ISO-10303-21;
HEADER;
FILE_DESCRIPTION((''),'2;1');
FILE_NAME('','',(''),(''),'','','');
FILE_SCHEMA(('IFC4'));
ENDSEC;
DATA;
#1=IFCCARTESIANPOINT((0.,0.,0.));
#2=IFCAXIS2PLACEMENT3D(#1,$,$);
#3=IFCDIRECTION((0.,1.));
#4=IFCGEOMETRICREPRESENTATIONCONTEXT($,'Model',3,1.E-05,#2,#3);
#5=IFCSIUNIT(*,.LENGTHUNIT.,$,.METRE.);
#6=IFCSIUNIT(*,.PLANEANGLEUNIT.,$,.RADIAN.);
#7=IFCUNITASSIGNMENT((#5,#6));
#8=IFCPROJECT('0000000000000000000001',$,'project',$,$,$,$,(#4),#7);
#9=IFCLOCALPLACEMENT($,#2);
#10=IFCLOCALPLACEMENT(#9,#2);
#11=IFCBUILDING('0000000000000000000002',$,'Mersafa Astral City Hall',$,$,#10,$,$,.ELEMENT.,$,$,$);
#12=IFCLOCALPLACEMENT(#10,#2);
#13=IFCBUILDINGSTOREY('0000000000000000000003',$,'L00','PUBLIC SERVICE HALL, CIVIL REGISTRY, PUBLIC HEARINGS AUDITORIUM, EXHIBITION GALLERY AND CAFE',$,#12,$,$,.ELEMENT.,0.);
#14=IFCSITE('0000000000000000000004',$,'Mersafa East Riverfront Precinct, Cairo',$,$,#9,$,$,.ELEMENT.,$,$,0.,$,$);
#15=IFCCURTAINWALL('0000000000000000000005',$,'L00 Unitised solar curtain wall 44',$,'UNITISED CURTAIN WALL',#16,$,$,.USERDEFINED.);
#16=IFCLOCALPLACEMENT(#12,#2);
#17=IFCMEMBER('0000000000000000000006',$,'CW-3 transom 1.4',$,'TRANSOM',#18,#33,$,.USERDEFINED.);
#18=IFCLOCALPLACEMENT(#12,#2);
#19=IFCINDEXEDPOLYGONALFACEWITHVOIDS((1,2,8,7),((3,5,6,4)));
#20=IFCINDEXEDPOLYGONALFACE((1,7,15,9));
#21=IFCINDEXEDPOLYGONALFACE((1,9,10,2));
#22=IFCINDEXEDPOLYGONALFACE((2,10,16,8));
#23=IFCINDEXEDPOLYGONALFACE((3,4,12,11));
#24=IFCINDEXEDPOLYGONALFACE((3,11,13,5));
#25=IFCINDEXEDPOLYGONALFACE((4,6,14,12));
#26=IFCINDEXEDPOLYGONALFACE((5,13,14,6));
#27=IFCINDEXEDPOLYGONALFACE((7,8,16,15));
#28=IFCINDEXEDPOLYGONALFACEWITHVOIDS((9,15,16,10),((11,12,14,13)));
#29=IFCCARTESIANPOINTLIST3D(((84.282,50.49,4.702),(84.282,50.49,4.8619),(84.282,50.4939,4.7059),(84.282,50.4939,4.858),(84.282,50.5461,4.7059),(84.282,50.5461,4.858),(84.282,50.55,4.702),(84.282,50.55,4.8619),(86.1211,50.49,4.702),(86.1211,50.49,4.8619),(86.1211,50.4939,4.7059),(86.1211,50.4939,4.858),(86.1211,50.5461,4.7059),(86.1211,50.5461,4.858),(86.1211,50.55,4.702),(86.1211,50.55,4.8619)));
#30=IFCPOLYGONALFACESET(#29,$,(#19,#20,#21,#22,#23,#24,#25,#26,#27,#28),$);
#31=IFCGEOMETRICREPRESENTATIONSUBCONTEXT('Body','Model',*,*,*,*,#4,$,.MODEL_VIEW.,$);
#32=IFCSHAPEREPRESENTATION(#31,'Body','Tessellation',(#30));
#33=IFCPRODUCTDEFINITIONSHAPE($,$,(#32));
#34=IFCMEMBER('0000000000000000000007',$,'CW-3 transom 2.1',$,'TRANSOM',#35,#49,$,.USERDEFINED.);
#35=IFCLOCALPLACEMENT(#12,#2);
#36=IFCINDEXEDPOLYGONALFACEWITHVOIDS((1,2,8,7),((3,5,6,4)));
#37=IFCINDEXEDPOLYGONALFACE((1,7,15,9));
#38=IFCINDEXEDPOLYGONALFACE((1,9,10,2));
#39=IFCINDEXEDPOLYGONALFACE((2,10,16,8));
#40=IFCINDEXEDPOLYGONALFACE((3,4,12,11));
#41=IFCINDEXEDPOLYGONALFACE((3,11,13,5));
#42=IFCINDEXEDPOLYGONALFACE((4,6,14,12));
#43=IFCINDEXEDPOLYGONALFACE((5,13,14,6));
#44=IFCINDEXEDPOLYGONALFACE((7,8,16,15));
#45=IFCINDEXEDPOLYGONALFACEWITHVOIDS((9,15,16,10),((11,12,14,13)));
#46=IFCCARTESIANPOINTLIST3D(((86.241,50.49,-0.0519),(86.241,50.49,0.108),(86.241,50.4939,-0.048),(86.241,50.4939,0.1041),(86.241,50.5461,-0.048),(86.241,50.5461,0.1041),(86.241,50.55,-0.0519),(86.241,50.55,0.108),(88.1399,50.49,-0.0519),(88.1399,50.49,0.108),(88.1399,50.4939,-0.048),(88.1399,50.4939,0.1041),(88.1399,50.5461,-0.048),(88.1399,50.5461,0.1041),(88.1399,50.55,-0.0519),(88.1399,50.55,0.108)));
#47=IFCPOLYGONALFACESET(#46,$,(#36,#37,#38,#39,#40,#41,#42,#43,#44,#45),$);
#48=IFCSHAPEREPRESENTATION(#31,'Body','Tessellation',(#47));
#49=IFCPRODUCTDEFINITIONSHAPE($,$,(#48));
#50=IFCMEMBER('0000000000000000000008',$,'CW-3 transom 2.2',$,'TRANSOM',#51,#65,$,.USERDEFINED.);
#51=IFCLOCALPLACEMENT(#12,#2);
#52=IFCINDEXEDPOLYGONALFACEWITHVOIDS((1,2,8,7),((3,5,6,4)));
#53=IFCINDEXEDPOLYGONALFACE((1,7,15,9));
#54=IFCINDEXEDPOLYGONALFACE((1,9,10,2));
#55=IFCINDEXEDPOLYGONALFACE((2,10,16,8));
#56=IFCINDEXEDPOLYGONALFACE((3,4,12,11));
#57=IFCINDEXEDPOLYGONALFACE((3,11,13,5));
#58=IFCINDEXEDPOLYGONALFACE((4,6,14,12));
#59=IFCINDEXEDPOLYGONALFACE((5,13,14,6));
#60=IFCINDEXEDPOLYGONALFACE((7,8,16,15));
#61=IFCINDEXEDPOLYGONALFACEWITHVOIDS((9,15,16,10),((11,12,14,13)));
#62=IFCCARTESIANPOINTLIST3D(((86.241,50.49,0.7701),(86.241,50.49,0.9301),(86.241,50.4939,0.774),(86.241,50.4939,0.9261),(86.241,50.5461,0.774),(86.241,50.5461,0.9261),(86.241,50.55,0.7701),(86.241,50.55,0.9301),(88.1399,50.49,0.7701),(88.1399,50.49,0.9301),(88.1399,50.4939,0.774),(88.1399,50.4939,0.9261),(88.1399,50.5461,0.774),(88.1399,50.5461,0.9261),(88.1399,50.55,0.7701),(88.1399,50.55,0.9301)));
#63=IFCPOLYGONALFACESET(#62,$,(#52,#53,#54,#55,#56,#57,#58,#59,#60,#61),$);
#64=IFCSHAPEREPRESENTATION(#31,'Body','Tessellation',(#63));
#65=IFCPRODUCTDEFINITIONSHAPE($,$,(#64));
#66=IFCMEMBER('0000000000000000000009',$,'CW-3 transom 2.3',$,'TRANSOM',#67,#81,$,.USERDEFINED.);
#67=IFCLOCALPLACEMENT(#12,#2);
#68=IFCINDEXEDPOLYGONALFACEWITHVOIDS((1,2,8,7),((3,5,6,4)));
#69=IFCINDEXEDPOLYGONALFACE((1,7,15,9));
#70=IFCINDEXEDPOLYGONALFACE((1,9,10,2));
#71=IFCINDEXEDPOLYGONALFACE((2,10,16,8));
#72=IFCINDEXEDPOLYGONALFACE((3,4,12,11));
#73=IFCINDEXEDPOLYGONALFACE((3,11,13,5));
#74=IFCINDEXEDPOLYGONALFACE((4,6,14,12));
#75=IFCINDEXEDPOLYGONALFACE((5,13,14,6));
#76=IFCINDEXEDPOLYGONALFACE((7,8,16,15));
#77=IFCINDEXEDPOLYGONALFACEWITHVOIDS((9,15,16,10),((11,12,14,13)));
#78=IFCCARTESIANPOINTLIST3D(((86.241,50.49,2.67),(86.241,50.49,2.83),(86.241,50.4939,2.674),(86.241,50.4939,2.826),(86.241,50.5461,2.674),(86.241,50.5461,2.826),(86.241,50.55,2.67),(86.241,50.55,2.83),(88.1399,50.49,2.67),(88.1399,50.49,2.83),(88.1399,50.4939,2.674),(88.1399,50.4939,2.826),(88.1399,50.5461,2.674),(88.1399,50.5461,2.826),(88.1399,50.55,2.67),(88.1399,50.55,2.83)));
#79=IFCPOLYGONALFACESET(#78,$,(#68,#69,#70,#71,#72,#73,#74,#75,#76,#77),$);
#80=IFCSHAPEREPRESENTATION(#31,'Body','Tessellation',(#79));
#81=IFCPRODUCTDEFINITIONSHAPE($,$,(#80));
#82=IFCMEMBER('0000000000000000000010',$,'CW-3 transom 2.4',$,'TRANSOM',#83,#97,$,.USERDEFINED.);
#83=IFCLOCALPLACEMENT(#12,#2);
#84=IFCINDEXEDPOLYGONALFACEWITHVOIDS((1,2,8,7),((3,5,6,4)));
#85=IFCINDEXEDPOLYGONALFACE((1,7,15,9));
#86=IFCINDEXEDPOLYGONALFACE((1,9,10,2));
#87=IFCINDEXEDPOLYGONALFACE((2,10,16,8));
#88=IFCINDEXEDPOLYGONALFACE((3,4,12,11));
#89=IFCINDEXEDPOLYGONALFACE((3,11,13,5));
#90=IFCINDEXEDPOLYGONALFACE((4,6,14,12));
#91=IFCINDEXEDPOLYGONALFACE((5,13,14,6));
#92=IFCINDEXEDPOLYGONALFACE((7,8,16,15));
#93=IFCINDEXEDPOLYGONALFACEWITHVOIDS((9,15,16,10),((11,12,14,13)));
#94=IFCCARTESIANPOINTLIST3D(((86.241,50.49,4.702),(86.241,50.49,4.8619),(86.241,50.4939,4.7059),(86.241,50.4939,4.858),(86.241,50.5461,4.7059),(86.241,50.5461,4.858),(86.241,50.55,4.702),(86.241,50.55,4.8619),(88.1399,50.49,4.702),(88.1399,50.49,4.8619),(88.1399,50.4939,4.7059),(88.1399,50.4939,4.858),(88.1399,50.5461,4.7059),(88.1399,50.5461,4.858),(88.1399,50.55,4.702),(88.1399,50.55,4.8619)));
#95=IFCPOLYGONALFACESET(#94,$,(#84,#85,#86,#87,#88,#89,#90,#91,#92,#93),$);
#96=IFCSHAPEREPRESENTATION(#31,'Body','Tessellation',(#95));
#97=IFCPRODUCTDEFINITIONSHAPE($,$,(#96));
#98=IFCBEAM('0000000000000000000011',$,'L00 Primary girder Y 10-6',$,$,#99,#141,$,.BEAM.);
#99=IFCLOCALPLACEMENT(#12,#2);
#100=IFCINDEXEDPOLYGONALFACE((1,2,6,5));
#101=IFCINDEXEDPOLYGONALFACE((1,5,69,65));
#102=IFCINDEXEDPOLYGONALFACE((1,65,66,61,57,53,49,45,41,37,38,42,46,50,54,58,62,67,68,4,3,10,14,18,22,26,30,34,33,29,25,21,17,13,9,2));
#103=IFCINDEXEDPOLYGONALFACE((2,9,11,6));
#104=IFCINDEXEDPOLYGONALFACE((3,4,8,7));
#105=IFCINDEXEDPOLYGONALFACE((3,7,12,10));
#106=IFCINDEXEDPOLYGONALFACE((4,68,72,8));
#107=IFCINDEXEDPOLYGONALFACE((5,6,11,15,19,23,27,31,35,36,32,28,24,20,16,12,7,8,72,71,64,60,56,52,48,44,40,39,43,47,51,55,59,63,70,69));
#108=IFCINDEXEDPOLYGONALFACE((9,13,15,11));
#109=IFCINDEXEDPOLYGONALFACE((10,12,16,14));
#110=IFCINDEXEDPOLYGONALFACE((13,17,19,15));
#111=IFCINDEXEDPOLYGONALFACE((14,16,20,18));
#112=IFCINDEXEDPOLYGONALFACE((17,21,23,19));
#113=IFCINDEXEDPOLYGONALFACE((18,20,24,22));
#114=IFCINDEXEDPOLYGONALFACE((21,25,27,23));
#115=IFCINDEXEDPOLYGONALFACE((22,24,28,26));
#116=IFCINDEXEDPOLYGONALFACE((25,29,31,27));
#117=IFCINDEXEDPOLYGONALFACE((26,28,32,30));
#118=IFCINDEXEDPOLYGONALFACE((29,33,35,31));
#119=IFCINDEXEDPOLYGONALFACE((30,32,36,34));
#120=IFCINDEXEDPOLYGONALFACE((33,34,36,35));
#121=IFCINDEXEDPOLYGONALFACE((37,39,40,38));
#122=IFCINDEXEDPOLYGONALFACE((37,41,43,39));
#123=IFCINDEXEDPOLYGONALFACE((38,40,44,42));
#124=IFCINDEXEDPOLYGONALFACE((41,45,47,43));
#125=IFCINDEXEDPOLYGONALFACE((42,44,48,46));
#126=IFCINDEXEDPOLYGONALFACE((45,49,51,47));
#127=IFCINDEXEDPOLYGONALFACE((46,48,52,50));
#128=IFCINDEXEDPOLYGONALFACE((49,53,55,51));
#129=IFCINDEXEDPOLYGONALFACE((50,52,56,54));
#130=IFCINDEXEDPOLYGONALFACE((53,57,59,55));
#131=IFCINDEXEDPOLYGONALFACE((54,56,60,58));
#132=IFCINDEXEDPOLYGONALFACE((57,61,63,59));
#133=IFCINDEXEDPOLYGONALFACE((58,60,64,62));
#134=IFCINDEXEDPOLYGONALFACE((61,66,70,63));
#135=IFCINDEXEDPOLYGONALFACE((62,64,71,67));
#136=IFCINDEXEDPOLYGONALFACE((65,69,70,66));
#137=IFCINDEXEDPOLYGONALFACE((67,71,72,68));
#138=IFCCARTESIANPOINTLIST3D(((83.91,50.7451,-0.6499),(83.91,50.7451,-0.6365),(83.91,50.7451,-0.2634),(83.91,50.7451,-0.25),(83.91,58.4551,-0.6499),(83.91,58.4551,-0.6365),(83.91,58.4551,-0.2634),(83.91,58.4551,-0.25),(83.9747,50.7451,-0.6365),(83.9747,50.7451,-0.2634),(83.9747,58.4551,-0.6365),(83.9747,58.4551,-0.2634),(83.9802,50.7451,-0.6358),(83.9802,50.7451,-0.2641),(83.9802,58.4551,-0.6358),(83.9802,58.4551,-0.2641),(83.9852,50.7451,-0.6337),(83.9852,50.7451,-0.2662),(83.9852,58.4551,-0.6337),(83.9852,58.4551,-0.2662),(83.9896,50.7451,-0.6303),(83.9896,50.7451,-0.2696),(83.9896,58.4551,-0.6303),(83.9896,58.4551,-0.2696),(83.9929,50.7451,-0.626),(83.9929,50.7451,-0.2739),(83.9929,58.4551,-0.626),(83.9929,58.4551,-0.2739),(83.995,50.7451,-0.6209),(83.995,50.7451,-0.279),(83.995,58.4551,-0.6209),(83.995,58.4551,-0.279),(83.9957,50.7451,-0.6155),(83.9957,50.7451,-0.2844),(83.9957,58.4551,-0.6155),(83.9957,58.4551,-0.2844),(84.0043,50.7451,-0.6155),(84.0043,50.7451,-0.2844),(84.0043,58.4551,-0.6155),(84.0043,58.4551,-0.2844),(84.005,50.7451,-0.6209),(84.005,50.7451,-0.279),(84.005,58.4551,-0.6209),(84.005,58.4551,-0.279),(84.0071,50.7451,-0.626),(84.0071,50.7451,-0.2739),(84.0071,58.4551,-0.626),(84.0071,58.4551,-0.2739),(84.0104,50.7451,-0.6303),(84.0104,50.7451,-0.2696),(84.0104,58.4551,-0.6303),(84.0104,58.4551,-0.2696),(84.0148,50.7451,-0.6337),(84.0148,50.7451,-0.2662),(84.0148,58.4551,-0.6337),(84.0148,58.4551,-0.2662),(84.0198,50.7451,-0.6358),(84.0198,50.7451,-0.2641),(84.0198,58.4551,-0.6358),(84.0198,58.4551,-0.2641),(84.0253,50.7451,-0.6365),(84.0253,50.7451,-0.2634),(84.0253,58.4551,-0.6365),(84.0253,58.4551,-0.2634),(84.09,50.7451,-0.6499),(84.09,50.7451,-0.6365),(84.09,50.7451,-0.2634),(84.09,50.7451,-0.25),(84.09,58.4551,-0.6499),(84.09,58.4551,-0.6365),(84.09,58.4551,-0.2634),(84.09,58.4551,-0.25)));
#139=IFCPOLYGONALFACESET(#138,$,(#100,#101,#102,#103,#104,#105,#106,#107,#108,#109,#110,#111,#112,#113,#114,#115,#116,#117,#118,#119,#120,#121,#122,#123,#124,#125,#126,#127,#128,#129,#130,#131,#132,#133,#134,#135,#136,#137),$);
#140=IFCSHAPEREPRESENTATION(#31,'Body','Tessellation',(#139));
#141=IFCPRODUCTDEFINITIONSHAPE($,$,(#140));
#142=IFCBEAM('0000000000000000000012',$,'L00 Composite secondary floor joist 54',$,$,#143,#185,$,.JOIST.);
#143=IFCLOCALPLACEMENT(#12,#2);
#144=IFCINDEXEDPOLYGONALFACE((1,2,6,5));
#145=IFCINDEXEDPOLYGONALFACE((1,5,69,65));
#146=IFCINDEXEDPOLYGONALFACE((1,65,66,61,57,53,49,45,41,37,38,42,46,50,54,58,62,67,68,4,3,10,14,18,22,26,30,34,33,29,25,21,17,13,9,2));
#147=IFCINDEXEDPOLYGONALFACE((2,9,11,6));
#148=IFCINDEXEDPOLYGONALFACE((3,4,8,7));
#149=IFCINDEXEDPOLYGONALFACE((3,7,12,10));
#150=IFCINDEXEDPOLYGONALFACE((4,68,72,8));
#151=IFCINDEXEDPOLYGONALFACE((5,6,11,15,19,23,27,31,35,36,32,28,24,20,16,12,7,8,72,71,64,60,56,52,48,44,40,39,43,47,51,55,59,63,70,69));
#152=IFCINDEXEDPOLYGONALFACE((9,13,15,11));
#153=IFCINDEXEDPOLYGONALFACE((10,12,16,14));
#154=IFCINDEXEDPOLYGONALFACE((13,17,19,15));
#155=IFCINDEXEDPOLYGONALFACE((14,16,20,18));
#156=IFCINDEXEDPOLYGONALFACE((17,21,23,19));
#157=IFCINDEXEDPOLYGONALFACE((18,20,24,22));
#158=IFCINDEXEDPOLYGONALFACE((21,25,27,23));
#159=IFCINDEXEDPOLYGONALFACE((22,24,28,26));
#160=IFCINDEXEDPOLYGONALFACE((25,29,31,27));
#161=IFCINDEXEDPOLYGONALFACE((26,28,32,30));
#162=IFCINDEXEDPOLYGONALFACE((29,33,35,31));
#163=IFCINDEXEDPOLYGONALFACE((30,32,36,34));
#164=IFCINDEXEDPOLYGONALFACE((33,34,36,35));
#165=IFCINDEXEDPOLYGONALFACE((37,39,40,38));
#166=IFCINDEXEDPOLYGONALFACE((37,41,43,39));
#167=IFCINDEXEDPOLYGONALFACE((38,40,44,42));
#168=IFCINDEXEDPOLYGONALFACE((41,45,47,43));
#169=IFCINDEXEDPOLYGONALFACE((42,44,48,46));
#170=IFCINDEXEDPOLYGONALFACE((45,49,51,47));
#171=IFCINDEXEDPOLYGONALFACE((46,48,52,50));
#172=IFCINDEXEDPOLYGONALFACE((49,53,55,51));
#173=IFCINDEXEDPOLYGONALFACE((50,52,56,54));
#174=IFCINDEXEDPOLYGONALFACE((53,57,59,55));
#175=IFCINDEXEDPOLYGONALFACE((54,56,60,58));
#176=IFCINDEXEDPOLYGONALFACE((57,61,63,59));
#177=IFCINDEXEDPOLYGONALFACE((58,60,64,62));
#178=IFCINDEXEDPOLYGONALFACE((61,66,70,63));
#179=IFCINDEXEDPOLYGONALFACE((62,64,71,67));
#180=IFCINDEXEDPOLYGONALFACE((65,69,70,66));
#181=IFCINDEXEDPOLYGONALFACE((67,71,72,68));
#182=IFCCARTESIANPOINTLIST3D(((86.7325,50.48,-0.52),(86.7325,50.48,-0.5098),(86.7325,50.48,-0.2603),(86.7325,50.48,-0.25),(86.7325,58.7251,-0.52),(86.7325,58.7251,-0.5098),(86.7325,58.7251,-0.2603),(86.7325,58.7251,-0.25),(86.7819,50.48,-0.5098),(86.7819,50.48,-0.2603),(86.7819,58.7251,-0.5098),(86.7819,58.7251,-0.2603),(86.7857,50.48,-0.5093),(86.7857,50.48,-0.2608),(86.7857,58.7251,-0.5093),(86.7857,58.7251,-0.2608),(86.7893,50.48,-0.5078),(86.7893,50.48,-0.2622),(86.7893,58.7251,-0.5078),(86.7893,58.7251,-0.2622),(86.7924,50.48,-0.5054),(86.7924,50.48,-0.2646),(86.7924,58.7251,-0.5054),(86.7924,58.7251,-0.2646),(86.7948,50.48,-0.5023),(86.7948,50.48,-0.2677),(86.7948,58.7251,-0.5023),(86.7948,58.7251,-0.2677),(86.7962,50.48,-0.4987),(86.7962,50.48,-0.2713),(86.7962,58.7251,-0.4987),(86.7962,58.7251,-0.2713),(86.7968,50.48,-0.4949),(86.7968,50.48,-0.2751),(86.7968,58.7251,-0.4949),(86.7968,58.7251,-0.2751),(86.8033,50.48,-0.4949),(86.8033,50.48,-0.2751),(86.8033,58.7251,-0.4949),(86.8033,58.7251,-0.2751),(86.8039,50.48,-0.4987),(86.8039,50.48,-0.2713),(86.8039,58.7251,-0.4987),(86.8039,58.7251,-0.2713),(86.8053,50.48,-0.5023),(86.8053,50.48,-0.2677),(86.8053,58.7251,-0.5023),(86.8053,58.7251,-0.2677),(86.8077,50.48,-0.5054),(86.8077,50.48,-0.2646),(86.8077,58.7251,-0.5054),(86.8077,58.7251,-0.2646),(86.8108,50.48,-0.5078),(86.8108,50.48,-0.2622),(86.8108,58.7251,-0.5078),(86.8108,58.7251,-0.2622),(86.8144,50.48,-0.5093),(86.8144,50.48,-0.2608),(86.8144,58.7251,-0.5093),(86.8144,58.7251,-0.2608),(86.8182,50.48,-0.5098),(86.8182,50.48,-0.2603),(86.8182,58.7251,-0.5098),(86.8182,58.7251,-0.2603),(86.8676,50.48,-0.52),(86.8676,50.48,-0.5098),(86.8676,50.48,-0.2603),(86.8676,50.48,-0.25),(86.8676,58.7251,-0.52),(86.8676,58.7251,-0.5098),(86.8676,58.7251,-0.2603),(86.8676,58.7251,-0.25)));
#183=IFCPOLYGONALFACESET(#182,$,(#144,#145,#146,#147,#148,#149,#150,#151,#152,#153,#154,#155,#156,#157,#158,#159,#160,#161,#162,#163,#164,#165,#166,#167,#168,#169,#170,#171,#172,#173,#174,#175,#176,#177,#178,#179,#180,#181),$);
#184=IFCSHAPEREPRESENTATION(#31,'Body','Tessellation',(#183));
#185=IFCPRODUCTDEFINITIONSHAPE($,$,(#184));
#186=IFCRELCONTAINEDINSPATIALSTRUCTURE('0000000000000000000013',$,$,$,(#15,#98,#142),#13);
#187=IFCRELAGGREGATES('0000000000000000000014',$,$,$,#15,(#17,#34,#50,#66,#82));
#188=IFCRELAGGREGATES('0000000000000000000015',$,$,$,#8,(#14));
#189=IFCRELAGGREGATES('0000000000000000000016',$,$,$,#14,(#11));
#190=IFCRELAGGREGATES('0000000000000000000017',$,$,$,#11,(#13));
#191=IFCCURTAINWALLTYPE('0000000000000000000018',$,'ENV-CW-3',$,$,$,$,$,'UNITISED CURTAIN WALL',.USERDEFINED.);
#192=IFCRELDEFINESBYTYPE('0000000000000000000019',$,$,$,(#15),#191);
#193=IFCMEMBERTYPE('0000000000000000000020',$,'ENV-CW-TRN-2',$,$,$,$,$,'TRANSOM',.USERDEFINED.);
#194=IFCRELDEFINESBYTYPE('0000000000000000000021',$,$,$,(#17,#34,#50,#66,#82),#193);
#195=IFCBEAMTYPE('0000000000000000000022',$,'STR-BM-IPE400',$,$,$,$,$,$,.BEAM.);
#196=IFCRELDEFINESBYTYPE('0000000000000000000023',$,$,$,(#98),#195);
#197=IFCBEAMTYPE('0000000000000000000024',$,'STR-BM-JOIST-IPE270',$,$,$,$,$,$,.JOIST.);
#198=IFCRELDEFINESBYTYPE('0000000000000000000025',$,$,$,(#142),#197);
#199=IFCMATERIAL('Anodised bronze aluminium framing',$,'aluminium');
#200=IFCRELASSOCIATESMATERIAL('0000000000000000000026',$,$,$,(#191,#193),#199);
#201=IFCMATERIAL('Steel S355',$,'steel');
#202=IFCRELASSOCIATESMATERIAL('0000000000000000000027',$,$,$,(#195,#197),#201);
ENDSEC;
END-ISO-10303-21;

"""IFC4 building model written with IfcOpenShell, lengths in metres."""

from ifc_helpers import new_model, si_unit, direction, frame, origin, origin_2d, place, context, subcontext, project, spatial, hollow_rectangle, i_section, extrude, material, material_profile, profile_set, type_object, element, aggregate, save


model = new_model("IFC4")

# Units and contexts
model_context = context("Model", 3, precision=1e-05, world=origin(), true_north=direction((0.0, 1.0)))
body_context = subcontext(model_context, "Body", "Model", "MODEL_VIEW")
ifc_project = project(units=[si_unit("LENGTHUNIT", "METRE"), si_unit("PLANEANGLEUNIT", "RADIAN")], contexts=[model_context])

# Site, building, storey
site_placement = place(None, origin())
site = spatial("IfcSite", under=ifc_project, at=site_placement, Name="Mersafa East Riverfront Precinct, Cairo", CompositionType="ELEMENT", RefElevation=0.0)
building_placement = place(site_placement, origin())
building = spatial("IfcBuilding", under=site, at=building_placement, Name="Mersafa Astral City Hall", CompositionType="ELEMENT")
storey_placement = place(building_placement, origin())
storey = spatial("IfcBuildingStorey", under=building, at=storey_placement, Name="L00", Description="PUBLIC SERVICE HALL, CIVIL REGISTRY, PUBLIC HEARINGS AUDITORIUM, EXHIBITION GALLERY AND CAFE", CompositionType="ELEMENT", Elevation=0.0)

# Shared definitions
ifc_material_1 = material(Name="Steel S355", Category="steel")

# Curtain wall, members
ifc_material_2 = material(Name="Anodised bronze aluminium framing", Category="aluminium")
curtain_wall_type = type_object("IfcCurtainWallType", Name="ENV-CW-3", ElementType="UNITISED CURTAIN WALL", PredefinedType="USERDEFINED", material=ifc_material_2)
curtain_wall_placement = place(storey_placement, origin())
curtain_wall = element("IfcCurtainWall", 1, at=curtain_wall_placement, inside=storey, type_object=curtain_wall_type, Name="L00 Unitised solar curtain wall 44", ObjectType="UNITISED CURTAIN WALL", PredefinedType="USERDEFINED")
ifc_material_profile_1 = material_profile(ifc_material_2, hollow_rectangle(XDim=0.0601, YDim=0.1599, WallThickness=0.0039, at=origin_2d()), Name="RHS 60x160x4")
ifc_profile_set_1 = profile_set([ifc_material_profile_1], Name="Anodised bronze aluminium framing")
member_type_1 = type_object("IfcMemberType", Name="ENV-CW-TRN-2", ElementType="TRANSOM", PredefinedType="USERDEFINED", material=ifc_profile_set_1)
member_1_placement = place(storey_placement, frame((84.282, 50.52, 4.782), z_axis=(1.0, 0.0, 0.0), x_axis=(0.0, 1.0, 0.0)))
member_1 = element("IfcMember", 2, at=member_1_placement, type_object=member_type_1, Name="CW-3 transom 1.4", ObjectType="TRANSOM", PredefinedType="USERDEFINED", context=body_context, shape_type="SweptSolid", body=[
    extrude(hollow_rectangle(XDim=0.0601, YDim=0.1599, WallThickness=0.0039, at=origin_2d()), origin(), (0.0, 0.0, 1.0), 1.8391),
])
member_2_placement = place(storey_placement, frame((86.241, 50.52, 0.0281), z_axis=(1.0, 0.0, 0.0), x_axis=(0.0, 1.0, 0.0)))
member_2 = element("IfcMember", 3, at=member_2_placement, type_object=member_type_1, Name="CW-3 transom 2.1", ObjectType="TRANSOM", PredefinedType="USERDEFINED", context=body_context, shape_type="SweptSolid", body=[
    extrude(hollow_rectangle(XDim=0.0601, YDim=0.1599, WallThickness=0.0039, at=origin_2d()), origin(), (0.0, 0.0, 1.0), 1.8989),
])
member_3_placement = place(storey_placement, frame((86.241, 50.52, 0.8501), z_axis=(1.0, 0.0, 0.0), x_axis=(0.0, 1.0, 0.0)))
member_3 = element("IfcMember", 4, at=member_3_placement, type_object=member_type_1, Name="CW-3 transom 2.2", ObjectType="TRANSOM", PredefinedType="USERDEFINED", context=body_context, shape_type="SweptSolid", body=[
    extrude(hollow_rectangle(XDim=0.0601, YDim=0.1599, WallThickness=0.0039, at=origin_2d()), origin(), (0.0, 0.0, 1.0), 1.8989),
])
member_4_placement = place(storey_placement, frame((86.241, 50.52, 2.75), z_axis=(1.0, 0.0, 0.0), x_axis=(0.0, 1.0, 0.0)))
member_4 = element("IfcMember", 5, at=member_4_placement, type_object=member_type_1, Name="CW-3 transom 2.3", ObjectType="TRANSOM", PredefinedType="USERDEFINED", context=body_context, shape_type="SweptSolid", body=[
    extrude(hollow_rectangle(XDim=0.0601, YDim=0.1599, WallThickness=0.0039, at=origin_2d()), origin(), (0.0, 0.0, 1.0), 1.8989),
])
member_5_placement = place(storey_placement, frame((86.241, 50.52, 4.782), z_axis=(1.0, 0.0, 0.0), x_axis=(0.0, 1.0, 0.0)))
member_5 = element("IfcMember", 6, at=member_5_placement, type_object=member_type_1, Name="CW-3 transom 2.4", ObjectType="TRANSOM", PredefinedType="USERDEFINED", context=body_context, shape_type="SweptSolid", body=[
    extrude(hollow_rectangle(XDim=0.0601, YDim=0.1599, WallThickness=0.0039, at=origin_2d()), origin(), (0.0, 0.0, 1.0), 1.8989),
])

# Beams
ifc_material_profile_2 = material_profile(ifc_material_1, i_section(OverallWidth=0.1799, OverallDepth=0.3999, WebThickness=0.0085, FlangeThickness=0.0134, FilletRadius=0.021, at=origin_2d()), Name="IPE 400")
ifc_profile_set_2 = profile_set([ifc_material_profile_2], Name="Steel S355")
beam_type_1 = type_object("IfcBeamType", Name="STR-BM-IPE400", PredefinedType="BEAM", material=ifc_profile_set_2)
beam_1_placement = place(storey_placement, frame((84.0, 50.7451, -0.45), z_axis=(0.0, 1.0, 0.0), x_axis=(-1.0, 0.0, 0.0)))
element("IfcBeam", 7, at=beam_1_placement, inside=storey, type_object=beam_type_1, Name="L00 Primary girder Y 10-6", PredefinedType="BEAM", context=body_context, shape_type="SweptSolid", body=[
    extrude(i_section(OverallWidth=0.1799, OverallDepth=0.3999, WebThickness=0.0085, FlangeThickness=0.0134, FilletRadius=0.021, at=origin_2d()), origin(), (0.0, 0.0, 1.0), 7.71),
])
ifc_material_profile_3 = material_profile(ifc_material_1, i_section(OverallWidth=0.135, OverallDepth=0.27, WebThickness=0.0066, FlangeThickness=0.0103, FilletRadius=0.0149, at=origin_2d()), Name="IPE 270")
ifc_profile_set_3 = profile_set([ifc_material_profile_3], Name="Steel S355")
beam_type_2 = type_object("IfcBeamType", Name="STR-BM-JOIST-IPE270", PredefinedType="JOIST", material=ifc_profile_set_3)
beam_2_placement = place(storey_placement, frame((86.8, 50.48, -0.385), z_axis=(0.0, 1.0, 0.0), x_axis=(-1.0, 0.0, 0.0)))
element("IfcBeam", 8, at=beam_2_placement, inside=storey, type_object=beam_type_2, Name="L00 Composite secondary floor joist 54", PredefinedType="JOIST", context=body_context, shape_type="SweptSolid", body=[
    extrude(i_section(OverallWidth=0.135, OverallDepth=0.27, WebThickness=0.0066, FlangeThickness=0.0103, FilletRadius=0.0149, at=origin_2d()), origin(), (0.0, 0.0, 1.0), 8.2451),
])

aggregate(curtain_wall, [member_1, member_2, member_3, member_4, member_5])

save(model, "model.ifc")
